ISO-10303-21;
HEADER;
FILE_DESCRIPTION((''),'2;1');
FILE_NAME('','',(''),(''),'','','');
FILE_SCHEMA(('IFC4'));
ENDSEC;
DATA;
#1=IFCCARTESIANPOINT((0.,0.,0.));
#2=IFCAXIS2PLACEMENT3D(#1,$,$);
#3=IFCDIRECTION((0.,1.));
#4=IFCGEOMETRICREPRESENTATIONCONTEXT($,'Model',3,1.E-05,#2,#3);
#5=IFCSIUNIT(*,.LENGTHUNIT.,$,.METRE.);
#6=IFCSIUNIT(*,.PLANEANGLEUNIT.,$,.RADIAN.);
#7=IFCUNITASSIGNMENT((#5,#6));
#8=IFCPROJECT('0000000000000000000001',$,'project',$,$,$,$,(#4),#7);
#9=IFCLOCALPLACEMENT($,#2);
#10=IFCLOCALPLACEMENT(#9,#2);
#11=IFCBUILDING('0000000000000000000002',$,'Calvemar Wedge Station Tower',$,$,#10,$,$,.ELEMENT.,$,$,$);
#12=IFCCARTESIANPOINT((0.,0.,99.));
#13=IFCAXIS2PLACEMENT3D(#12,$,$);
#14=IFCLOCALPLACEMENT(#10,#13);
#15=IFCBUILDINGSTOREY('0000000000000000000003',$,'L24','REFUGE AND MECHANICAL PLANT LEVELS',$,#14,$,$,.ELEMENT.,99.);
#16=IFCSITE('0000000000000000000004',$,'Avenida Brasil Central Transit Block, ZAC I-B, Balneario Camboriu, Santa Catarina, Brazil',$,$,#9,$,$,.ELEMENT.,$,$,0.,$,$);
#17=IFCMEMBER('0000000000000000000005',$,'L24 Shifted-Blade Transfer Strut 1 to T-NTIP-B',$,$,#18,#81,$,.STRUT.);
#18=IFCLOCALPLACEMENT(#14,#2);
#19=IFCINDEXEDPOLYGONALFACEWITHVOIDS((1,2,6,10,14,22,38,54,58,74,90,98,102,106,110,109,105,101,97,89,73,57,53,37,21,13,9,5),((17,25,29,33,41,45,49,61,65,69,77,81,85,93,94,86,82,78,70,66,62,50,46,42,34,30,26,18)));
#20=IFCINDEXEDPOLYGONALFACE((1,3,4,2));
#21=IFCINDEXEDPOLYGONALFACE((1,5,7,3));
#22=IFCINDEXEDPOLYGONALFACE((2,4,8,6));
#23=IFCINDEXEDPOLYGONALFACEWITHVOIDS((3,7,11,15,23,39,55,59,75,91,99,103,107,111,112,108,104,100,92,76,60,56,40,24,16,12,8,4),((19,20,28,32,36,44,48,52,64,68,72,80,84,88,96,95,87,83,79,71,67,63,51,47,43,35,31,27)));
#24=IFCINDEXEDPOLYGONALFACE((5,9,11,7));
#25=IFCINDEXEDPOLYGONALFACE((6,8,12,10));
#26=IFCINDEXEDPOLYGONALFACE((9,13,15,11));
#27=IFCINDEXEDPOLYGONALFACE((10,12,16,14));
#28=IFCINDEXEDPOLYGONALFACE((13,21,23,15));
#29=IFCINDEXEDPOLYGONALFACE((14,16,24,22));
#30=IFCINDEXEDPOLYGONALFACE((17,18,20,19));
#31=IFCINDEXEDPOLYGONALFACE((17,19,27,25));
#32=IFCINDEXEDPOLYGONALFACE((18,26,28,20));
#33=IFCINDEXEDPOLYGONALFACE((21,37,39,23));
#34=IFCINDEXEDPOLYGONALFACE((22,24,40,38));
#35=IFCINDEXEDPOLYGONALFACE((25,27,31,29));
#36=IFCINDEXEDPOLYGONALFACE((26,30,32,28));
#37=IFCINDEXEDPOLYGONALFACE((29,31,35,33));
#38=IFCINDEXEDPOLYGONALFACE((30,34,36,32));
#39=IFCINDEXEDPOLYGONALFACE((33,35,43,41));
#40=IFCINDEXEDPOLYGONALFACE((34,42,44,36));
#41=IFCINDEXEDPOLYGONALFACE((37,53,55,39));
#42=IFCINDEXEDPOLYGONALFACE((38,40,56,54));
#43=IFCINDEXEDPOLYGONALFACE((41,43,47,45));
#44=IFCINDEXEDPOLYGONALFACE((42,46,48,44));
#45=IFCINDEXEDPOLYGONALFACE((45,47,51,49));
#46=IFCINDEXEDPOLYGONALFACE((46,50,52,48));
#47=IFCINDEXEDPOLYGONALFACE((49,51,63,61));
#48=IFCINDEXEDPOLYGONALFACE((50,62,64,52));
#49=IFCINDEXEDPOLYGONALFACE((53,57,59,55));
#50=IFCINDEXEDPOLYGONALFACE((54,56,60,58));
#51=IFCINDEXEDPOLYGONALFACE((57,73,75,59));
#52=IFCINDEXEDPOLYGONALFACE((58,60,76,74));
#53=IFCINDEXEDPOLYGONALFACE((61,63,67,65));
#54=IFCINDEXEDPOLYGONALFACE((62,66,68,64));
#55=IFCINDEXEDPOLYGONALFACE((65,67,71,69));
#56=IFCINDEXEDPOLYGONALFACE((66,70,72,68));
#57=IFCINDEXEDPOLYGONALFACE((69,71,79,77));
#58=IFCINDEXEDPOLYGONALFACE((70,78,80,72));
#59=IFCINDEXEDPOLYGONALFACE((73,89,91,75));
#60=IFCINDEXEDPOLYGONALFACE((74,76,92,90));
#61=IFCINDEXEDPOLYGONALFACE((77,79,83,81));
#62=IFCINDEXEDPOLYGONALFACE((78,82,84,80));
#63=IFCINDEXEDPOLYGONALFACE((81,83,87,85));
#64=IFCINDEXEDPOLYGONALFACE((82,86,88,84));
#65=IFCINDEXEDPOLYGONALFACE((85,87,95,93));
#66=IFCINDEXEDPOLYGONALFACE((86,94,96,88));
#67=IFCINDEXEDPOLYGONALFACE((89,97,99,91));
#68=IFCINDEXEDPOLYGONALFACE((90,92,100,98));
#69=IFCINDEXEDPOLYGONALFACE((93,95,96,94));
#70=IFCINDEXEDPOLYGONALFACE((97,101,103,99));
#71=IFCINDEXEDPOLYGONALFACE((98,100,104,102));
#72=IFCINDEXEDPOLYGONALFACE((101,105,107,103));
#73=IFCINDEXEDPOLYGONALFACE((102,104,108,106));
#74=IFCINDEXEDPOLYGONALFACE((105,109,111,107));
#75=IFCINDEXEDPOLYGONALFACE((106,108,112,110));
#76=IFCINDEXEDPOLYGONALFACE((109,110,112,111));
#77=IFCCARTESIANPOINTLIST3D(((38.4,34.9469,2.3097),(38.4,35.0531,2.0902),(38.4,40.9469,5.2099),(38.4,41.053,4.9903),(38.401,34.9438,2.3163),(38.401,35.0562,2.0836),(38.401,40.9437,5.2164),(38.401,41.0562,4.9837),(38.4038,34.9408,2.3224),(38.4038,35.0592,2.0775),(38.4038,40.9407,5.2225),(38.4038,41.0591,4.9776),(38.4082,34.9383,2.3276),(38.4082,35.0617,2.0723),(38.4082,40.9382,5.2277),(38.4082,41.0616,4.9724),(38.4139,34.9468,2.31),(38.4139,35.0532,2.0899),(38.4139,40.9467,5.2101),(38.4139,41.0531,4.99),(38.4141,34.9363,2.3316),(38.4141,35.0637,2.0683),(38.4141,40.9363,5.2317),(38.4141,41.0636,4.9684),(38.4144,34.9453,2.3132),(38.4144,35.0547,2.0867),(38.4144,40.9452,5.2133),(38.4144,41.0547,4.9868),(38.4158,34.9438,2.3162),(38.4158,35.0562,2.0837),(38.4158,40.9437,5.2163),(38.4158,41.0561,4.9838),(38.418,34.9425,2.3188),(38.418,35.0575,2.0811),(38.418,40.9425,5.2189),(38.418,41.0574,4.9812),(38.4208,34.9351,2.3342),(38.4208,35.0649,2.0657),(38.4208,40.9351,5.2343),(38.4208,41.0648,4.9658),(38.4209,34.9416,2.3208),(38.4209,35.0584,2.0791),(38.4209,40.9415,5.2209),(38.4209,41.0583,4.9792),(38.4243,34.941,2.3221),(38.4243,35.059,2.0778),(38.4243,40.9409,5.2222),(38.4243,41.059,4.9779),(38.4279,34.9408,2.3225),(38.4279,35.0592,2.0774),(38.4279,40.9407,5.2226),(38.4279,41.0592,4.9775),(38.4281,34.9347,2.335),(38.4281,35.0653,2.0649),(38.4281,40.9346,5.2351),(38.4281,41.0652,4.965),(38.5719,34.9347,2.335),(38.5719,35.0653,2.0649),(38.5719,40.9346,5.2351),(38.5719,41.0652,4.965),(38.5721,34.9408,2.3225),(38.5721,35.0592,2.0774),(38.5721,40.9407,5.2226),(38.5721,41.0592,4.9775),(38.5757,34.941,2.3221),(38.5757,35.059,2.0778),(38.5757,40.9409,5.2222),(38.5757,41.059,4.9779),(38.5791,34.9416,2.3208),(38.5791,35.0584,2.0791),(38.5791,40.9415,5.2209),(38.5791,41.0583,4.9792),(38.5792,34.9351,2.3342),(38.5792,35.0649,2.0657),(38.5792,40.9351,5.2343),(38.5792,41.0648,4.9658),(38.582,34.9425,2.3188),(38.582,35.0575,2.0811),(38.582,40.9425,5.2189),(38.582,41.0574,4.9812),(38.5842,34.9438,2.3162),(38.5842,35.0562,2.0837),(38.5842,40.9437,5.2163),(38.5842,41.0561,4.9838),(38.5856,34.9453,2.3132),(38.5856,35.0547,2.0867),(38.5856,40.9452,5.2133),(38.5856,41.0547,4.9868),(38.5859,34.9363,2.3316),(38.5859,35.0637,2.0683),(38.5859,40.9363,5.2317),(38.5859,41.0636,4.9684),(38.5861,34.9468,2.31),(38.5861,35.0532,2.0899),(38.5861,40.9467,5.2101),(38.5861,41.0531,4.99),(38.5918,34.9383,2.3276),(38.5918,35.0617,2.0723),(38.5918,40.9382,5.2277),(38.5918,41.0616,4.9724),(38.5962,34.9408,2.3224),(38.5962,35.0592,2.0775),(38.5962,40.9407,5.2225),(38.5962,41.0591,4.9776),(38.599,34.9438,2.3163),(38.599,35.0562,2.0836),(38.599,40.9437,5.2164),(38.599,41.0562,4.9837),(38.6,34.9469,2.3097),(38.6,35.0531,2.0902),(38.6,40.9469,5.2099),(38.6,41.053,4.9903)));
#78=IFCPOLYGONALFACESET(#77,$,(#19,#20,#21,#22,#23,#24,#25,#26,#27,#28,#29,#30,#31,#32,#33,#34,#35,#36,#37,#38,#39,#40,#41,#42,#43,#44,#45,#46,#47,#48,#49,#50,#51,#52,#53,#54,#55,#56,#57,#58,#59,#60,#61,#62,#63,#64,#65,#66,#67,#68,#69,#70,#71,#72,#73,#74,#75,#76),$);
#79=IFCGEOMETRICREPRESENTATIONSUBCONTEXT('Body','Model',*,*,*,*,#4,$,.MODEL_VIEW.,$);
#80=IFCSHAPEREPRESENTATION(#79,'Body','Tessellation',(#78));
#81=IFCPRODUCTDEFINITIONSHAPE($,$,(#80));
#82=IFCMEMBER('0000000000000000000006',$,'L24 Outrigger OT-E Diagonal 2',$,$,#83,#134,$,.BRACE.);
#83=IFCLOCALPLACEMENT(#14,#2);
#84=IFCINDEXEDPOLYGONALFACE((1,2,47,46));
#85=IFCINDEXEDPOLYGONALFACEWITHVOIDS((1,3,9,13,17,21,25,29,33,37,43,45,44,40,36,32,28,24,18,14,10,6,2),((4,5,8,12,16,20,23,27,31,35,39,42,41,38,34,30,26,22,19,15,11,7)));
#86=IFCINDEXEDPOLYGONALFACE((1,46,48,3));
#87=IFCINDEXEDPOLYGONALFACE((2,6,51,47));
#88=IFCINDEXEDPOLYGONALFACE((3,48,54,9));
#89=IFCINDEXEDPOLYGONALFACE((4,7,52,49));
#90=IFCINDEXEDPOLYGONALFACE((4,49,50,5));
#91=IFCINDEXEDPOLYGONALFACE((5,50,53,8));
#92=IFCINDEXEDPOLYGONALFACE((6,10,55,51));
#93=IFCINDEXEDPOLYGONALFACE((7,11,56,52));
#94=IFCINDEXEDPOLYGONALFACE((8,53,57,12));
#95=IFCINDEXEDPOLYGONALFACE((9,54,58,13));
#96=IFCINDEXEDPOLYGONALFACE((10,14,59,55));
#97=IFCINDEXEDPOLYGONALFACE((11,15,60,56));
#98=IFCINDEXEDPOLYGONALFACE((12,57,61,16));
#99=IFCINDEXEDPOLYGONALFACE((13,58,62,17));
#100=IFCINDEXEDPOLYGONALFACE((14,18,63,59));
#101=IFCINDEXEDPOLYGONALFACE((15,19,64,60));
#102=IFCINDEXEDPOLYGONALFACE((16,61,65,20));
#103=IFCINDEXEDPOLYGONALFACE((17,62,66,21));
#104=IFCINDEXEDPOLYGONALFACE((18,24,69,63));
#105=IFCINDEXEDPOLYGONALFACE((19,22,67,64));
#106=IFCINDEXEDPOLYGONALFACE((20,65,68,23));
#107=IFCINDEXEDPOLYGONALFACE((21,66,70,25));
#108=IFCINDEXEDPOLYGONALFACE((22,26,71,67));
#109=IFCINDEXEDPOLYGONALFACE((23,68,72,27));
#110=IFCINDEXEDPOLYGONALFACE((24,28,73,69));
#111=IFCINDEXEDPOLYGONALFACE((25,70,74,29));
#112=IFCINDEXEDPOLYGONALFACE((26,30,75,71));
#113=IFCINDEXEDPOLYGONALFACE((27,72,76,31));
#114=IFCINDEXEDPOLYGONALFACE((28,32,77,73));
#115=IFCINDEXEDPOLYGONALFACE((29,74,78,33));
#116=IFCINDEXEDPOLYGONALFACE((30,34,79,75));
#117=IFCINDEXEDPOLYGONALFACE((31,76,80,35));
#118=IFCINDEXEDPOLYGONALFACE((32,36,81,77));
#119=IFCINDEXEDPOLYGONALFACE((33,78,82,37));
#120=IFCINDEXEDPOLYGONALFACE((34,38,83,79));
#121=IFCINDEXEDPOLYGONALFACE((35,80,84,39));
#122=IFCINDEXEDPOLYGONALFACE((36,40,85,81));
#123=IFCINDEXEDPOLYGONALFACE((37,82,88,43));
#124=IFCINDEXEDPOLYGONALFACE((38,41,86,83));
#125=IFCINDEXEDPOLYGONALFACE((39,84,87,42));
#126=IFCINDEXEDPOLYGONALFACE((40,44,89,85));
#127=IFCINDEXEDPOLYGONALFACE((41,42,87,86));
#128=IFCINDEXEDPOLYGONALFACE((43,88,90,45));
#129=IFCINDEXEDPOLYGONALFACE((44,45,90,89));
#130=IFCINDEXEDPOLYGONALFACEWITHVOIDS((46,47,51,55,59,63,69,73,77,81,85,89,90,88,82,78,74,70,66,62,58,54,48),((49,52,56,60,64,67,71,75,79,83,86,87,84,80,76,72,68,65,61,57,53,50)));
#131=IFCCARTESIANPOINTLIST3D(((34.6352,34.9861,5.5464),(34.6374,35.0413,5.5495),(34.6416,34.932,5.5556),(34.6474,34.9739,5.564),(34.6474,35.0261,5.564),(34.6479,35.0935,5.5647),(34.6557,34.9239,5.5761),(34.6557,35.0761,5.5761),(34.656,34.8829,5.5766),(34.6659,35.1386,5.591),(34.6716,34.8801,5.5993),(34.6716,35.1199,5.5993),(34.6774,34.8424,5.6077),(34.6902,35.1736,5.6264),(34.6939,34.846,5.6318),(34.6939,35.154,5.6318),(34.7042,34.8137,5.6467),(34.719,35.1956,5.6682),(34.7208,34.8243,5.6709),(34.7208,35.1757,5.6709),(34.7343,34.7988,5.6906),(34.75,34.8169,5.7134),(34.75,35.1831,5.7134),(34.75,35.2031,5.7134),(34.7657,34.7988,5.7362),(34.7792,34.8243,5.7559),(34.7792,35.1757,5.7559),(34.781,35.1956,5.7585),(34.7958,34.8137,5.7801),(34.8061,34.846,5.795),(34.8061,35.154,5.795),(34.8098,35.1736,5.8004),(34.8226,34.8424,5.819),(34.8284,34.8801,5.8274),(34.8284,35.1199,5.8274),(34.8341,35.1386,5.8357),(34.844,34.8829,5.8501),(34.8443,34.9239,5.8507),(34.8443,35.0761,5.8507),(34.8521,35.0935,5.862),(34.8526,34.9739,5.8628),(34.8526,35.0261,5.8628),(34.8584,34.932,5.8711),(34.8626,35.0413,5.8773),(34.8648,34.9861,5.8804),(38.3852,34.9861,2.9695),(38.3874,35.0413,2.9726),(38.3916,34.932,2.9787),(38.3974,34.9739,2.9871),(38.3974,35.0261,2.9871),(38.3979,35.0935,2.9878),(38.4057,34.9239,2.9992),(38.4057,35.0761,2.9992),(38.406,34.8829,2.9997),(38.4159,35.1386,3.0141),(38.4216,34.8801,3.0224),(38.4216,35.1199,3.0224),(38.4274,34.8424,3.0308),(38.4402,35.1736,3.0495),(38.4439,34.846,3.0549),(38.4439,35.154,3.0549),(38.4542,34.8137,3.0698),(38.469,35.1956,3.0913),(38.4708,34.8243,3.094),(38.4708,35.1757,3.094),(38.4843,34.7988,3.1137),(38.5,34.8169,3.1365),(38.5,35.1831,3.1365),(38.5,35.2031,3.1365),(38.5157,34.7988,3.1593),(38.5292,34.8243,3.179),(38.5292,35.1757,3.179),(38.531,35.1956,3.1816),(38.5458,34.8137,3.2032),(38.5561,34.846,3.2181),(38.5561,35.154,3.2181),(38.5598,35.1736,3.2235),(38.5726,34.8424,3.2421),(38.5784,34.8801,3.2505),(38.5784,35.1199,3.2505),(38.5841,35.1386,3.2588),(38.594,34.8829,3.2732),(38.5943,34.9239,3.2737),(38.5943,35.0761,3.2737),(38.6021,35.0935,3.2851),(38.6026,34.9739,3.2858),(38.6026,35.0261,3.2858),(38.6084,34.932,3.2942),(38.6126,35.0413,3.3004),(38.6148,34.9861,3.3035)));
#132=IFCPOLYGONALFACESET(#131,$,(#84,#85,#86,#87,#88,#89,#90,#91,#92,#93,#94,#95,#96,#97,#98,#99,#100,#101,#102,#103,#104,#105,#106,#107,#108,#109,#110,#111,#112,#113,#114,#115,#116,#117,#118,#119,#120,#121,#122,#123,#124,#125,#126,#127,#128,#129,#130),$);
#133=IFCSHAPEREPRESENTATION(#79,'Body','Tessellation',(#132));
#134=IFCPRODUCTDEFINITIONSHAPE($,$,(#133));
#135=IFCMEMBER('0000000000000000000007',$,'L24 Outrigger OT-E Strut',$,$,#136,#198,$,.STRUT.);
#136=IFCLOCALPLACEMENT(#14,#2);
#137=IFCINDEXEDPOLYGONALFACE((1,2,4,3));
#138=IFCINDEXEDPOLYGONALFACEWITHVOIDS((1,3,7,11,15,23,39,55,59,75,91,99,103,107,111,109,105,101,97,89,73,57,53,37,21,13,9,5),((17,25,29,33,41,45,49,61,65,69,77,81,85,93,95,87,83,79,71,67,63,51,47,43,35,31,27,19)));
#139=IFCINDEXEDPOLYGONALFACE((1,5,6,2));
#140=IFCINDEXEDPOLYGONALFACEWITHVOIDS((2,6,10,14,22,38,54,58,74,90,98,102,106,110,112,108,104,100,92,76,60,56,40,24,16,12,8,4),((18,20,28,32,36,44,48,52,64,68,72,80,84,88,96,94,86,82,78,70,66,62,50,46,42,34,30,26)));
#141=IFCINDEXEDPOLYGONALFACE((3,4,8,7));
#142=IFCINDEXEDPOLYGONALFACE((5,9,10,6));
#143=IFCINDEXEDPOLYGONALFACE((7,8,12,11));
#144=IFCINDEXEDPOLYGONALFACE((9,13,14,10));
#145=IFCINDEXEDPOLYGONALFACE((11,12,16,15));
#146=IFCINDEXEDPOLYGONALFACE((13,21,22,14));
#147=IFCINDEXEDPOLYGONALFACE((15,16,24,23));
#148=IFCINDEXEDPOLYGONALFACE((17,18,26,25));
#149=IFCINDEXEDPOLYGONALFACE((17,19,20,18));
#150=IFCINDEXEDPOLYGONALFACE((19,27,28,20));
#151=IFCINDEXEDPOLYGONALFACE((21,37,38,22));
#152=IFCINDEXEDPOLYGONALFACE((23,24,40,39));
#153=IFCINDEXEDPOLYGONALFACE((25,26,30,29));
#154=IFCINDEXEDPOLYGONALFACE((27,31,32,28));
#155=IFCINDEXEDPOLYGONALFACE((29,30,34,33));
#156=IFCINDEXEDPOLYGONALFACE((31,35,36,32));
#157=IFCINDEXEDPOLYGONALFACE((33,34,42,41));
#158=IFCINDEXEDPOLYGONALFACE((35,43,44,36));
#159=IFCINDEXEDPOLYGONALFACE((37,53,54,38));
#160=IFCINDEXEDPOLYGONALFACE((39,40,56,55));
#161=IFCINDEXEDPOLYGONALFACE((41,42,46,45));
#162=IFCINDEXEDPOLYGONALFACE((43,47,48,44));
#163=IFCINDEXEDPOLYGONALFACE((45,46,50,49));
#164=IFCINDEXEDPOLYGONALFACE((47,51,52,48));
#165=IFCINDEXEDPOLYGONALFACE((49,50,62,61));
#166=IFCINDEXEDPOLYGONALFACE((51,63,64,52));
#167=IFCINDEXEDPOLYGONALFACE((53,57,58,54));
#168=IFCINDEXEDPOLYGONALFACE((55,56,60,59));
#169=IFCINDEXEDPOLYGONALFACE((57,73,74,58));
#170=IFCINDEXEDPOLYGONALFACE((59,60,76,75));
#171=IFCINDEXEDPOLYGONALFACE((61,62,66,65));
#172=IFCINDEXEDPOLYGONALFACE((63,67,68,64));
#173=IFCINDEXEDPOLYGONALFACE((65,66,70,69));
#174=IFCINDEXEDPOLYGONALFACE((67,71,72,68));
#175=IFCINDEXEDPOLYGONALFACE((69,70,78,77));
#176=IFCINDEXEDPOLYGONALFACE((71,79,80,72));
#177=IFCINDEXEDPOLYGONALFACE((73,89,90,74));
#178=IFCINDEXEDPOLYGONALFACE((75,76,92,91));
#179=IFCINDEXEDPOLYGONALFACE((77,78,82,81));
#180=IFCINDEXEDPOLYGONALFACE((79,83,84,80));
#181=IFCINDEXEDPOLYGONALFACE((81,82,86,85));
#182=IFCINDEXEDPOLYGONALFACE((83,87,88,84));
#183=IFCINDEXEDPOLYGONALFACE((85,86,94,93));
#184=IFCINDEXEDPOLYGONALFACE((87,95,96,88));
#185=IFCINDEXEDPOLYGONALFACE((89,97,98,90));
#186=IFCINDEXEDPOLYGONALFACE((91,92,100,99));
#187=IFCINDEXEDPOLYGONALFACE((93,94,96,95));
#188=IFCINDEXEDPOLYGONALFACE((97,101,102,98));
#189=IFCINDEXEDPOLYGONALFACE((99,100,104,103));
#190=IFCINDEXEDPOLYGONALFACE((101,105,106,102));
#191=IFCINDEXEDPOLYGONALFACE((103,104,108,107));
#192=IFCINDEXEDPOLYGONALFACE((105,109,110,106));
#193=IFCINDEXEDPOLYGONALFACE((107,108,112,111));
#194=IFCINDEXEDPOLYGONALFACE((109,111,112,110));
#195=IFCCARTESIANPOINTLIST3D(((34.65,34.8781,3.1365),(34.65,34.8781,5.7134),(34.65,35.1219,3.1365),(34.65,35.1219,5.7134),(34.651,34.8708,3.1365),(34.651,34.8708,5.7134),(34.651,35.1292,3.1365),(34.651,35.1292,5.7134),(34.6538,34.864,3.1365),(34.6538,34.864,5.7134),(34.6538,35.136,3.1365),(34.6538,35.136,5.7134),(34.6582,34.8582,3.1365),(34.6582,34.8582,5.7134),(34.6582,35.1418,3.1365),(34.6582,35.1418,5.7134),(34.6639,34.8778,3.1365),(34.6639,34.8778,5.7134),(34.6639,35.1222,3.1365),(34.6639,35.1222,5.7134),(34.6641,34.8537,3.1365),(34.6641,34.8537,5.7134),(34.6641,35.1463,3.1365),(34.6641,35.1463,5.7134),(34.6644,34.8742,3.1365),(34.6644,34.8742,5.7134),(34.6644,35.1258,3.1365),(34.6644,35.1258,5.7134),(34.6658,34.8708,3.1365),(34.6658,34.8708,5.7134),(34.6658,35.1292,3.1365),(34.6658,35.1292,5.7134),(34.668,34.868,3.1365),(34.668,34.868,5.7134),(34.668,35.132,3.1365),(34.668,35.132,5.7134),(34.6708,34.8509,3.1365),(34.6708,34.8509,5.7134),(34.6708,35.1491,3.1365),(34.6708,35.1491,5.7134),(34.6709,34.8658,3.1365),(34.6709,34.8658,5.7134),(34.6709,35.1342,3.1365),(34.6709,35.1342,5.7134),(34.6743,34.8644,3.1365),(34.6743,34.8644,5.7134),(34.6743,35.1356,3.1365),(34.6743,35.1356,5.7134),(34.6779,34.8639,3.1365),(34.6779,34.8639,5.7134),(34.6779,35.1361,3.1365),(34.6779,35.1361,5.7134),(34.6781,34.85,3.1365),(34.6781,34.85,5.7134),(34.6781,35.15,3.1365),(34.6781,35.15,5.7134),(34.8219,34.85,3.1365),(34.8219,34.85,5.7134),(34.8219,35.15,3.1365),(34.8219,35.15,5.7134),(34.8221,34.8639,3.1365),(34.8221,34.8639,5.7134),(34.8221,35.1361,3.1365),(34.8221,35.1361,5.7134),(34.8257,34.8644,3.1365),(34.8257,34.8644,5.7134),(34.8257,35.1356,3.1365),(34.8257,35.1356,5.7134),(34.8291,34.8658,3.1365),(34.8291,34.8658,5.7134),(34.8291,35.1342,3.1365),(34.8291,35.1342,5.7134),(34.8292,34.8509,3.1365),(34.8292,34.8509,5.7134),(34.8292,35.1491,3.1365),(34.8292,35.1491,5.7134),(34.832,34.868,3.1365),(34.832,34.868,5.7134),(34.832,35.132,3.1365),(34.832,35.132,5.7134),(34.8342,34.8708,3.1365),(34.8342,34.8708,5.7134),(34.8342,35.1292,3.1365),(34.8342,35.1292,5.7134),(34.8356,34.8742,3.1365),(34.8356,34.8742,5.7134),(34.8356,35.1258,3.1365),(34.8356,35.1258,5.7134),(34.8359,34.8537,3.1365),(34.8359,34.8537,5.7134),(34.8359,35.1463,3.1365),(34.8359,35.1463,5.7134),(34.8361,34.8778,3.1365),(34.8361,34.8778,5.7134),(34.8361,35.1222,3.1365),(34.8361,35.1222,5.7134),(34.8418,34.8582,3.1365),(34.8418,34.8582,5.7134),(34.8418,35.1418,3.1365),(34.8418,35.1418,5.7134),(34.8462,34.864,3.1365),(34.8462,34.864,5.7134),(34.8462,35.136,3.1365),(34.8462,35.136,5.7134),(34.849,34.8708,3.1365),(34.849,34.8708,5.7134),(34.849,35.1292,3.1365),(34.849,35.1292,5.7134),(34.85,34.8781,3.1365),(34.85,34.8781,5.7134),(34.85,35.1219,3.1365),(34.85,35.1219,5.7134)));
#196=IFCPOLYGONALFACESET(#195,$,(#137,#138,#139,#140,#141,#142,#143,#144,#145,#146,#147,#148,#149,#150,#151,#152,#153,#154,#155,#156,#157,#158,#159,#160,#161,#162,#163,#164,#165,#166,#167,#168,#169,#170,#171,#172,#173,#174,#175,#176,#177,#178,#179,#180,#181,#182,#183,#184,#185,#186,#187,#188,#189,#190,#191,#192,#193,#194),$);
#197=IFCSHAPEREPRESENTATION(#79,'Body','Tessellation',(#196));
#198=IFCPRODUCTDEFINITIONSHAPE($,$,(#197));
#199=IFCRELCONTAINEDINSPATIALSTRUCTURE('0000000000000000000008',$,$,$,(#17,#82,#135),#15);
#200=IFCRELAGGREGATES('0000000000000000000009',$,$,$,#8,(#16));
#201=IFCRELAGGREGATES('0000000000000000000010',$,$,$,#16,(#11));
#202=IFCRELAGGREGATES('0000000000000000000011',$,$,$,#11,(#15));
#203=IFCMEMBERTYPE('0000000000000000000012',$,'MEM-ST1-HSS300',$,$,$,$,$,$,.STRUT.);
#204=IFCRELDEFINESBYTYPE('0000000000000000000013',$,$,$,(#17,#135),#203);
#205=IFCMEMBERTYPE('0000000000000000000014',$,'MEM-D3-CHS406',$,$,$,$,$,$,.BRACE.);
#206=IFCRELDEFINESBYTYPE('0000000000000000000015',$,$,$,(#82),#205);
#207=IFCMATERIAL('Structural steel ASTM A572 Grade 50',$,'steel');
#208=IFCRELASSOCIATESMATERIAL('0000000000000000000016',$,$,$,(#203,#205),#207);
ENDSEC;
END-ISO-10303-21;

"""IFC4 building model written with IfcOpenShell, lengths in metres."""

from ifc_helpers import new_model, si_unit, direction, frame, origin, origin_2d, place, context, subcontext, project, spatial, hollow_rectangle, hollow_circle, extrude, source, transform, mapped, material, material_profile, profile_set, type_object, element, save


model = new_model("IFC4")

# Units and contexts
model_context = context("Model", 3, precision=1e-05, world=origin(), true_north=direction((0.0, 1.0)))
body_context = subcontext(model_context, "Body", "Model", "MODEL_VIEW")
ifc_project = project(units=[si_unit("LENGTHUNIT", "METRE"), si_unit("PLANEANGLEUNIT", "RADIAN")], contexts=[model_context])

# Site, building, storey
site_placement = place(None, origin())
site = spatial("IfcSite", under=ifc_project, at=site_placement, Name="Avenida Brasil Central Transit Block, ZAC I-B, Balneario Camboriu, Santa Catarina, Brazil", CompositionType="ELEMENT", RefElevation=0.0)
building_placement = place(site_placement, origin())
building = spatial("IfcBuilding", under=site, at=building_placement, Name="Calvemar Wedge Station Tower", CompositionType="ELEMENT")
storey_placement = place(building_placement, frame((0.0, 0.0, 99.0)))
storey = spatial("IfcBuildingStorey", under=building, at=storey_placement, Name="L24", Description="REFUGE AND MECHANICAL PLANT LEVELS", CompositionType="ELEMENT", Elevation=99.0)

# Shared definitions
ifc_material_1 = material(Name="Structural steel ASTM A572 Grade 50", Category="steel")

# Members
ifc_material_profile_1 = material_profile(ifc_material_1, hollow_rectangle(XDim=0.2, YDim=0.3, WallThickness=0.0139, InnerFilletRadius=0.0139, OuterFilletRadius=0.0281, at=origin_2d()), Name="HSS300x200x14")
ifc_profile_set_1 = profile_set([ifc_material_profile_1], Name="Structural steel ASTM A572 Grade 50")
member_type_1 = type_object("IfcMemberType", Name="MEM-ST1-HSS300", PredefinedType="STRUT", material=ifc_profile_set_1)
shared_shape_1 = source(origin(), body_context, "Body", "SweptSolid", [
    extrude(hollow_rectangle(XDim=0.2, YDim=0.3, WallThickness=0.0139, InnerFilletRadius=0.0139, OuterFilletRadius=0.0281, at=origin_2d()), origin(), (0.0, 0.0, 1.0), 6.6641),
])
member_1_placement = place(storey_placement, frame((38.5, 35.0, 2.2), z_axis=(0.0, 0.90034, 0.435186), x_axis=(-1.0, 0.0, 0.0)))
element("IfcMember", 1, at=member_1_placement, inside=storey, type_object=member_type_1, Name="L24 Shifted-Blade Transfer Strut 1 to T-NTIP-B", PredefinedType="STRUT", context=body_context, shape_type="MappedRepresentation", body=[
    mapped(shared_shape_1, transform((0.0, 0.0, 0.0), scale=1.0)),
])
ifc_material_profile_2 = material_profile(ifc_material_1, hollow_circle(Radius=0.2031, WallThickness=0.02, at=origin_2d()), Name="CHS406.4x20")
ifc_profile_set_2 = profile_set([ifc_material_profile_2], Name="Structural steel ASTM A572 Grade 50")
member_type_2 = type_object("IfcMemberType", Name="MEM-D3-CHS406", PredefinedType="BRACE", material=ifc_profile_set_2)
shared_shape_2 = source(origin(), body_context, "Body", "SweptSolid", [
    extrude(hollow_circle(Radius=0.2031, WallThickness=0.02, at=origin_2d()), origin(), (0.0, 0.0, 1.0), 4.55),
])
member_2_placement = place(storey_placement, frame((34.75, 35.0, 5.7134), z_axis=(0.824167, 0.0, -0.566347), x_axis=(0.0, 1.0, 0.0)))
element("IfcMember", 2, at=member_2_placement, inside=storey, type_object=member_type_2, Name="L24 Outrigger OT-E Diagonal 2", PredefinedType="BRACE", context=body_context, shape_type="MappedRepresentation", body=[
    mapped(shared_shape_2, transform((0.0, 0.0, 0.0), scale=1.0)),
])
shared_shape_3 = source(origin(), body_context, "Body", "SweptSolid", [
    extrude(hollow_rectangle(XDim=0.2, YDim=0.3, WallThickness=0.0139, InnerFilletRadius=0.0139, OuterFilletRadius=0.0281, at=origin_2d()), origin(), (0.0, 0.0, 1.0), 2.5769),
])
member_3_placement = place(storey_placement, frame((34.75, 35.0, 3.1365), z_axis=(0.0, 0.0, 1.0), x_axis=(1.0, 0.0, 0.0)))
element("IfcMember", 3, at=member_3_placement, inside=storey, type_object=member_type_1, Name="L24 Outrigger OT-E Strut", PredefinedType="STRUT", context=body_context, shape_type="MappedRepresentation", body=[
    mapped(shared_shape_3, transform((0.0, 0.0, 0.0), scale=1.0)),
])

save(model, "model.ifc")
